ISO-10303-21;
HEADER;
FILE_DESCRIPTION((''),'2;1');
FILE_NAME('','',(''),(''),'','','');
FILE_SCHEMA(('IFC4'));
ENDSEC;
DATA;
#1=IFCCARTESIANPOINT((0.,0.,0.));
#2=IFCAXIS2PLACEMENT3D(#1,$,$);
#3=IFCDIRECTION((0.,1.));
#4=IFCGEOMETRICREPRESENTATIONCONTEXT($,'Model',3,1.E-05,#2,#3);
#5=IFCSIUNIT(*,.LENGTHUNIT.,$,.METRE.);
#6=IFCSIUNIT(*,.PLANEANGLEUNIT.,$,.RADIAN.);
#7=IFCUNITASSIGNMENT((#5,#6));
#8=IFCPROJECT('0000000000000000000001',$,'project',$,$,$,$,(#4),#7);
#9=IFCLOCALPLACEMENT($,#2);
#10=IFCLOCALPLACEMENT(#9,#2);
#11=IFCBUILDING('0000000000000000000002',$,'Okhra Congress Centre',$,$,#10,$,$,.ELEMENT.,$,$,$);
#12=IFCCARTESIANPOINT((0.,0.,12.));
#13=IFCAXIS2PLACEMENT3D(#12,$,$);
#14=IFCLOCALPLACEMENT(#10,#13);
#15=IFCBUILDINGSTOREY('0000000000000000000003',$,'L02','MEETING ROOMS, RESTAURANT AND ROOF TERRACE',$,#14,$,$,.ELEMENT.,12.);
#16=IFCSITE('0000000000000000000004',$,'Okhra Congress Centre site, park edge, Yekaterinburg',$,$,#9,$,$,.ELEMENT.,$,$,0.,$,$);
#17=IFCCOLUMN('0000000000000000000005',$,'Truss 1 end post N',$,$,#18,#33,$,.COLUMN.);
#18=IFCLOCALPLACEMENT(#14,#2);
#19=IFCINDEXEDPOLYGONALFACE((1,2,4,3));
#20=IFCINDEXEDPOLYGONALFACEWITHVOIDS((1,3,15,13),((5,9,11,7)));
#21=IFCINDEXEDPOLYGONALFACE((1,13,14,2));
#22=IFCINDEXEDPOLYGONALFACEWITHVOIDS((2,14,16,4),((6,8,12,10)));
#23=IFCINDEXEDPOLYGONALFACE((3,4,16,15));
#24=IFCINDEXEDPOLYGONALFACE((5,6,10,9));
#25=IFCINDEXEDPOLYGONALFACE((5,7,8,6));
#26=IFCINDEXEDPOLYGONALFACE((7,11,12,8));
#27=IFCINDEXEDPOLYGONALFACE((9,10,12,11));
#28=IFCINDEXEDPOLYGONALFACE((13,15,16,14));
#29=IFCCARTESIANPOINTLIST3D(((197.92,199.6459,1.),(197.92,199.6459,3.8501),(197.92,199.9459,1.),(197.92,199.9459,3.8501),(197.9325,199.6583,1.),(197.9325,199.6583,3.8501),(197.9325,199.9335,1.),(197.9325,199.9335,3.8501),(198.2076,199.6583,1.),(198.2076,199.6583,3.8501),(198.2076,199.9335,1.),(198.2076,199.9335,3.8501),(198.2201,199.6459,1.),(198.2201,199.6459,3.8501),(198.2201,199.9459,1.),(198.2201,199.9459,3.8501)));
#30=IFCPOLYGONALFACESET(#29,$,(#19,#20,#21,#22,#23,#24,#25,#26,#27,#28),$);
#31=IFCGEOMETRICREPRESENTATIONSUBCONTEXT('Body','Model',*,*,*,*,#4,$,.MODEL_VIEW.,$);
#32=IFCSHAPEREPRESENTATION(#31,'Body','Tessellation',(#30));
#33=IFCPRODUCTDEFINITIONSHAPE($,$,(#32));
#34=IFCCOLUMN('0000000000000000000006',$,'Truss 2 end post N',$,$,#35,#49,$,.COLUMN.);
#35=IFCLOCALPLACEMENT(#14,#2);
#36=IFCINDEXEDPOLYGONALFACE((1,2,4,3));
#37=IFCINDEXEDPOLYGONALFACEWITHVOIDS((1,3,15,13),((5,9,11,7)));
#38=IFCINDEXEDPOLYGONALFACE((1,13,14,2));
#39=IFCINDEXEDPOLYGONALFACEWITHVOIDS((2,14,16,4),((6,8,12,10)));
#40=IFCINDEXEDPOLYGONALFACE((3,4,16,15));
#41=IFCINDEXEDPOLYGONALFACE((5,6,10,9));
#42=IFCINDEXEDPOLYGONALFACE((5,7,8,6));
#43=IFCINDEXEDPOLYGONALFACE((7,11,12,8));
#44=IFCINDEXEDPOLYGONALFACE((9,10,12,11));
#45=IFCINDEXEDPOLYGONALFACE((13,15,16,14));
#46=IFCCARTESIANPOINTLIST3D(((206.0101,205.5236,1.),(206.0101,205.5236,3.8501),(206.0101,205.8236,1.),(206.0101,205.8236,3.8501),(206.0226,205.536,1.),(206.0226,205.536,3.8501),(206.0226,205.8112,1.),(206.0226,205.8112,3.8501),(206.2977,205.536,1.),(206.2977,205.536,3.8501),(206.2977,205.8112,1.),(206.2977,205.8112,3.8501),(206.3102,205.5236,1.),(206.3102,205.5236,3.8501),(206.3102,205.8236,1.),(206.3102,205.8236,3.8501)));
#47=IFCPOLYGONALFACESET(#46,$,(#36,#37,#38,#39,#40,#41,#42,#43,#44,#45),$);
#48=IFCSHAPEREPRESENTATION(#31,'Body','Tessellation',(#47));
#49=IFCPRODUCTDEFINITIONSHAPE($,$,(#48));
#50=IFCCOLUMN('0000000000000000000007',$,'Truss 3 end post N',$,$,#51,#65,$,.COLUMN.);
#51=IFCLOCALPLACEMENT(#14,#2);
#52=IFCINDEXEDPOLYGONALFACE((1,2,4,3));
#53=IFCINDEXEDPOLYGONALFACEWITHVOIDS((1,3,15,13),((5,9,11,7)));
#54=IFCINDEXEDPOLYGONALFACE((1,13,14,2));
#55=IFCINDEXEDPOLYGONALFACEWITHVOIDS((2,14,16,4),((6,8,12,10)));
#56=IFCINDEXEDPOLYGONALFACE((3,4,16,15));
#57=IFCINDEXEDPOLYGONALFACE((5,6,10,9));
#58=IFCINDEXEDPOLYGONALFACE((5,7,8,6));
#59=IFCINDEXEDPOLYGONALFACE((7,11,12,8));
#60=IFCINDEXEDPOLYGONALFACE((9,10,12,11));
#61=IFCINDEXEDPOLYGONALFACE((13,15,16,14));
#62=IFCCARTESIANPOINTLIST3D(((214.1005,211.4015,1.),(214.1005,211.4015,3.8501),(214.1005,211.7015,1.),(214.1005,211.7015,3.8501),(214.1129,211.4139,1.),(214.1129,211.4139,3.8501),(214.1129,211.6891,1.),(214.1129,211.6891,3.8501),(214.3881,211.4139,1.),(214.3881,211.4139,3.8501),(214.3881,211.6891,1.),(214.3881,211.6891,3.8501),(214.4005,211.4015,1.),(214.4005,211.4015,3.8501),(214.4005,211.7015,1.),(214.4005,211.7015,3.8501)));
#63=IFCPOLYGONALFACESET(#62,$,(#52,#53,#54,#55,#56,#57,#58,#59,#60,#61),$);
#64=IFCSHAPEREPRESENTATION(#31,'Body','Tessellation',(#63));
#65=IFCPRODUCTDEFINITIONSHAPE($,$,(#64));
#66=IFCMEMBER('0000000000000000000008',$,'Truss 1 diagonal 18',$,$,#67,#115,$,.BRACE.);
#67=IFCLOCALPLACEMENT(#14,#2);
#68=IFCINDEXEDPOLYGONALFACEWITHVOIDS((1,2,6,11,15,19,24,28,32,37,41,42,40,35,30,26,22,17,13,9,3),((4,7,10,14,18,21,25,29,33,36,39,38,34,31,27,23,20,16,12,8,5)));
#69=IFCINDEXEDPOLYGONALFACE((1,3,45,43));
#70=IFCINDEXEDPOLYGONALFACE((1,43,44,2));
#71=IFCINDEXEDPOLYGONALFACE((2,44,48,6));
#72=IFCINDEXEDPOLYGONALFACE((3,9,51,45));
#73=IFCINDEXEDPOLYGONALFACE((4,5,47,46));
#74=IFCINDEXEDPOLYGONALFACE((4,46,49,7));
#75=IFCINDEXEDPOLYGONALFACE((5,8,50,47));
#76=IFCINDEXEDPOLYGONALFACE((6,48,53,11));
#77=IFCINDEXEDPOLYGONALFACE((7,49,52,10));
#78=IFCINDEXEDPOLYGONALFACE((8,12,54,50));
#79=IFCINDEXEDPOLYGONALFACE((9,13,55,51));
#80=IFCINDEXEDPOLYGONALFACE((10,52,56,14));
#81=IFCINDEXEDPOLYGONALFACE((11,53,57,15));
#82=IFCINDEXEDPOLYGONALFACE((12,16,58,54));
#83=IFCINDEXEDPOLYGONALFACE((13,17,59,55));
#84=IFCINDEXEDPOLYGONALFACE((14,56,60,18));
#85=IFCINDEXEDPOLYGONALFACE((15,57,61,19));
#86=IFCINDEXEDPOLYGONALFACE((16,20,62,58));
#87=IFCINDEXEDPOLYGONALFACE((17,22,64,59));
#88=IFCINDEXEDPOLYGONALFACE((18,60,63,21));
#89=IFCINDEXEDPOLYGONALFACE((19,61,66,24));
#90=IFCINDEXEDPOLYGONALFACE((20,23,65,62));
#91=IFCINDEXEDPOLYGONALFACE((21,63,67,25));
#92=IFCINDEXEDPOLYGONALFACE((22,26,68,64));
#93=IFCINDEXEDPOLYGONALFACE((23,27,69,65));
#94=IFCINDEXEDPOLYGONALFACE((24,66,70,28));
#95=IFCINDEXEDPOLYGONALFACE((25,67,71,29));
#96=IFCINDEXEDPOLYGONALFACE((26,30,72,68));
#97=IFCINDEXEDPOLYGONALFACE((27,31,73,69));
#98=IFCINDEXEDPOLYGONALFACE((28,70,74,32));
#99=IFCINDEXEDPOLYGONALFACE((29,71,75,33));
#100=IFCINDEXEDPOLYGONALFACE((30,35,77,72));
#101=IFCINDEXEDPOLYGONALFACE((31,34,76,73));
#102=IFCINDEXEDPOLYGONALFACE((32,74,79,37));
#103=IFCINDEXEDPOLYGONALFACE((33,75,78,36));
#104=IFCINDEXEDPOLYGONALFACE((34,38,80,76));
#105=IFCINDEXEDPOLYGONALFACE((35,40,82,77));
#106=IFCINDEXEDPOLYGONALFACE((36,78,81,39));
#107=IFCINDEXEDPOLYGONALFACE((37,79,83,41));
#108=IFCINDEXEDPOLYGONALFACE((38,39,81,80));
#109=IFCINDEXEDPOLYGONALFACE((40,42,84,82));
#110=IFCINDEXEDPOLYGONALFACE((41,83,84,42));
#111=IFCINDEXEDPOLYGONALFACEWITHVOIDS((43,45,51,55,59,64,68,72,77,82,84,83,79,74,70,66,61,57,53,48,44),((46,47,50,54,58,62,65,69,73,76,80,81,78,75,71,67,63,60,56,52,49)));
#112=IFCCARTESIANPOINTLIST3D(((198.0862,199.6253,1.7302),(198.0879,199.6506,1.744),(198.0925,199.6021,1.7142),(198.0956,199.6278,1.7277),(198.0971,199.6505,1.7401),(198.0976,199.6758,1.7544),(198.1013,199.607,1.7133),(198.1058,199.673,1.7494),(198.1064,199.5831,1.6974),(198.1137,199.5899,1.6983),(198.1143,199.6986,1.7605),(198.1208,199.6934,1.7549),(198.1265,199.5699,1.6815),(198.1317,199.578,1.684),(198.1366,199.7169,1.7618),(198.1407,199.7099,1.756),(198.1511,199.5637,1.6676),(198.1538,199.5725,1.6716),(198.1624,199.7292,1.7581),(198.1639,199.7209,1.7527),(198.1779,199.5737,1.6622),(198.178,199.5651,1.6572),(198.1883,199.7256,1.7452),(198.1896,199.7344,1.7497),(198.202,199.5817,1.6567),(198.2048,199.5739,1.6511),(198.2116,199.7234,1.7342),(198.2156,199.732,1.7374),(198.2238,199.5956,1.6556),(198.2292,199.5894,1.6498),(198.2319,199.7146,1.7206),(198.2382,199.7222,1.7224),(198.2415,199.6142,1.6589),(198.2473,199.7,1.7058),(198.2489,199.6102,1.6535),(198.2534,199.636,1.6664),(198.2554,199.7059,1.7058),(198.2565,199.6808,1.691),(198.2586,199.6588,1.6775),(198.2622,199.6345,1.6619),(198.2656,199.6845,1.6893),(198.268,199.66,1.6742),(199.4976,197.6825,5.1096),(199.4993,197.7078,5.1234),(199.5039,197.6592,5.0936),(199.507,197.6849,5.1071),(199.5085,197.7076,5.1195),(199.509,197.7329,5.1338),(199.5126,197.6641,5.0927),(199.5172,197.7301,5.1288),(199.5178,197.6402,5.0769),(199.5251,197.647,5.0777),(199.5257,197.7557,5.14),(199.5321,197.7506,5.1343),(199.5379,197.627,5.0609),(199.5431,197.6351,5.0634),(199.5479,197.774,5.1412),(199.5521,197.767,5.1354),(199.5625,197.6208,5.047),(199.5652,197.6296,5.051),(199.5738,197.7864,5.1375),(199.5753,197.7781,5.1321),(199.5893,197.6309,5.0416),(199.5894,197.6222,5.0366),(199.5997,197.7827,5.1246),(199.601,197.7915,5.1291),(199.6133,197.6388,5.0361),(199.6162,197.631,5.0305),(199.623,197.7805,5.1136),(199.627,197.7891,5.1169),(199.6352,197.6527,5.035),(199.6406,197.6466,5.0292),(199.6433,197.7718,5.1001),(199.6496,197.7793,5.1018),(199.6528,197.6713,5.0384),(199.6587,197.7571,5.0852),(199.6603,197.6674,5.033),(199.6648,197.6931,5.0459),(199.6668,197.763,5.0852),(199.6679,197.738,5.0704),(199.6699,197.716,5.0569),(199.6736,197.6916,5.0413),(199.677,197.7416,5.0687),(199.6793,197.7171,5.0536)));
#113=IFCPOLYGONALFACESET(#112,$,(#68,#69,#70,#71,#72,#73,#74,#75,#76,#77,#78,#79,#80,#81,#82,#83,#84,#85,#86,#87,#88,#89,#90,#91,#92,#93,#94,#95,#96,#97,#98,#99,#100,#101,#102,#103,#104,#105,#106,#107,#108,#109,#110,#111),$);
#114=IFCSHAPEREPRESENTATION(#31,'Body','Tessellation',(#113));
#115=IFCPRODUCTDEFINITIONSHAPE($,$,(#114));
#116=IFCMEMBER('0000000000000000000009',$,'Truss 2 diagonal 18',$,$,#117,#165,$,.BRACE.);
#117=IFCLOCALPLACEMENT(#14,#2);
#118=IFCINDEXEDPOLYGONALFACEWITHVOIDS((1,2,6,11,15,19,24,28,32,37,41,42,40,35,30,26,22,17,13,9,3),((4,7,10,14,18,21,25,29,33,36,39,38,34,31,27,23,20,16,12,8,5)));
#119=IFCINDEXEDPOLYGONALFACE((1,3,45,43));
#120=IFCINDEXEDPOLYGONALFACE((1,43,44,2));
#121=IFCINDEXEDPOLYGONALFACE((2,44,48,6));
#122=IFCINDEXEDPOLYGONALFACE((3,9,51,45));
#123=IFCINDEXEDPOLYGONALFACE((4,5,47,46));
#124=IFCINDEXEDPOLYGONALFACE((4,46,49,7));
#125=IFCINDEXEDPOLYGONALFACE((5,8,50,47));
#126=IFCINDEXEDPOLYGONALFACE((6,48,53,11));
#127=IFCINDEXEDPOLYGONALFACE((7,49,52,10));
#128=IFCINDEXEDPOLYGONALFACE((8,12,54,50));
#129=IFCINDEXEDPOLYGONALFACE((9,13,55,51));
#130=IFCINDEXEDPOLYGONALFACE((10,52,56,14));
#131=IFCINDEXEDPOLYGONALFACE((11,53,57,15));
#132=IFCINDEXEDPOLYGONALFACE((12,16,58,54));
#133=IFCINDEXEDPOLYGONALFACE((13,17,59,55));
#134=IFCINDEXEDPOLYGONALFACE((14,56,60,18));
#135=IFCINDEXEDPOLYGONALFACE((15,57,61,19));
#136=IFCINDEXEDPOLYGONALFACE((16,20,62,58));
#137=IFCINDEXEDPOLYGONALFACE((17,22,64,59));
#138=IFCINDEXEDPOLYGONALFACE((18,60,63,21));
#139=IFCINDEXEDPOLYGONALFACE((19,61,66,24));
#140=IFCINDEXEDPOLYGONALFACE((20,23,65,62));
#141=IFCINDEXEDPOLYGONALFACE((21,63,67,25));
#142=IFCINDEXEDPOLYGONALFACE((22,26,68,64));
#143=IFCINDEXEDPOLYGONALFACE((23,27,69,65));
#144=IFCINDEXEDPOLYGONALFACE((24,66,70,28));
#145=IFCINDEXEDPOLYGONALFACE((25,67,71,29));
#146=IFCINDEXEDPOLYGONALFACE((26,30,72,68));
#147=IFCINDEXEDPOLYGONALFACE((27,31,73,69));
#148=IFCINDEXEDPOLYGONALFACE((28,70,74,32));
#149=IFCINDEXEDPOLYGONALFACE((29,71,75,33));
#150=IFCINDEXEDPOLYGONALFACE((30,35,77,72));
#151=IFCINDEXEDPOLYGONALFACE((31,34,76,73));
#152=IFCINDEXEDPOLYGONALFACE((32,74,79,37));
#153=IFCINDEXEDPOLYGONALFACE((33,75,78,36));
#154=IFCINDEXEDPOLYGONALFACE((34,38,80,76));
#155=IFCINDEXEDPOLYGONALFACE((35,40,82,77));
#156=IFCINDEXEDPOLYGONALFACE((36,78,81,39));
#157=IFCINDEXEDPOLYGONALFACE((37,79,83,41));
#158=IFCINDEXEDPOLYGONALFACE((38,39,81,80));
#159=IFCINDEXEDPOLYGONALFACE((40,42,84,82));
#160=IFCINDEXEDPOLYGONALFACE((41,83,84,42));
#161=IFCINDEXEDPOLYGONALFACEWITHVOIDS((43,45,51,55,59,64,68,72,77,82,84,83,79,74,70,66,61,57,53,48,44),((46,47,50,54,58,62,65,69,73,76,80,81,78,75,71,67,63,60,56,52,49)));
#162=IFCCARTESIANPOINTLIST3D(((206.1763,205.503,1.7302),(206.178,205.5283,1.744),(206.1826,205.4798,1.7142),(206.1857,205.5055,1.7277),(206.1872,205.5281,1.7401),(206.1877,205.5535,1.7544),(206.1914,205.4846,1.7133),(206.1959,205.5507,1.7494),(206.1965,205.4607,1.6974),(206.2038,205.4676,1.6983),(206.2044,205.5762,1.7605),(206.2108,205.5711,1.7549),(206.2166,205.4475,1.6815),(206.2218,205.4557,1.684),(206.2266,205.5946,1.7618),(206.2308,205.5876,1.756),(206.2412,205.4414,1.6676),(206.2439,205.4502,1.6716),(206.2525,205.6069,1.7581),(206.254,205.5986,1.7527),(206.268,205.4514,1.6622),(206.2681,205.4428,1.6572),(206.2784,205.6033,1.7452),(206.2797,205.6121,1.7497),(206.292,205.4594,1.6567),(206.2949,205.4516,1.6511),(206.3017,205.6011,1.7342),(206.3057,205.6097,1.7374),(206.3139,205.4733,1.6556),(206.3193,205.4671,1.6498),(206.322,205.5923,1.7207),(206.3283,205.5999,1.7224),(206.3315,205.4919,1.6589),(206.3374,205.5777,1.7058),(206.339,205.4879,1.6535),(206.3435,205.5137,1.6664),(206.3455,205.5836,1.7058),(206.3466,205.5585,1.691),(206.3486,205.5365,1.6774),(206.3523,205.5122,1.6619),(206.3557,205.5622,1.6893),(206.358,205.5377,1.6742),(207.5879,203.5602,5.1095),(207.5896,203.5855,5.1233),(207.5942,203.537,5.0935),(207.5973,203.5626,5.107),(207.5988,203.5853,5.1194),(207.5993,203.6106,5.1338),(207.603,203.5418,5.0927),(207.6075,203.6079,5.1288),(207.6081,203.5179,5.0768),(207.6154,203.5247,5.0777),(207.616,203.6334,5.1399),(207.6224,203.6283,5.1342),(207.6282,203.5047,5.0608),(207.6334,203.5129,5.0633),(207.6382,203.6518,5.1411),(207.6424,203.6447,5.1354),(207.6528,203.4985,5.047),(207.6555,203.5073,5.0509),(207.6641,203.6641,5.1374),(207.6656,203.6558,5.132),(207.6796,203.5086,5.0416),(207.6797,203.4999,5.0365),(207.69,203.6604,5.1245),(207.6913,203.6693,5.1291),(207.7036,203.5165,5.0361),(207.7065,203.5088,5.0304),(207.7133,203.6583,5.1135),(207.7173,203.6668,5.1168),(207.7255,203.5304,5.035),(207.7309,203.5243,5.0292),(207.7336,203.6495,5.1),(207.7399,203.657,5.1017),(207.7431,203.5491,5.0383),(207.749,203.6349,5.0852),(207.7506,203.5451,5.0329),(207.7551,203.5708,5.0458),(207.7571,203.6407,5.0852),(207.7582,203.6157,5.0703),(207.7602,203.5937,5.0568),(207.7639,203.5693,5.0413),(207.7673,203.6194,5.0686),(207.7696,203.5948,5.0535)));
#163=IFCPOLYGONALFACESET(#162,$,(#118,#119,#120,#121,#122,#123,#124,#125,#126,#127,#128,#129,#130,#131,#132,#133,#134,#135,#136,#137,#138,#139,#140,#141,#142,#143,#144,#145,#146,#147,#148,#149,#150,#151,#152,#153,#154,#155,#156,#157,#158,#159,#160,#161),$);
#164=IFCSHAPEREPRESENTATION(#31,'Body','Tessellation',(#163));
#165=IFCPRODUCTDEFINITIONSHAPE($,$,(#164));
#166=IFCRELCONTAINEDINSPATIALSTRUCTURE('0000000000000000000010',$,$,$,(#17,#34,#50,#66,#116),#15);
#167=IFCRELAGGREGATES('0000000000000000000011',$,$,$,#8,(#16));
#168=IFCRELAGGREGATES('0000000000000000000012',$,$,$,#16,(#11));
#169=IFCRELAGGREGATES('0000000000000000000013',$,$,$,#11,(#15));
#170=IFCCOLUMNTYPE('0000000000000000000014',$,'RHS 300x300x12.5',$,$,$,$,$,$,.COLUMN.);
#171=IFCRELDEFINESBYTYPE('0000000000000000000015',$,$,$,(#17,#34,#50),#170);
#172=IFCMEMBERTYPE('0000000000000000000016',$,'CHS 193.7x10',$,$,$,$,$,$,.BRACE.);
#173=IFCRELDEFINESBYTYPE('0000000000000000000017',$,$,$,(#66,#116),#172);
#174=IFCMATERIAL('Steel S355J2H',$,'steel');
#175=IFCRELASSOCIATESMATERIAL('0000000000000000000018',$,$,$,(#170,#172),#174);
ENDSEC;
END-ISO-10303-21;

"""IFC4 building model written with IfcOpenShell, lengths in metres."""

from ifc_helpers import new_model, si_unit, direction, frame, origin, origin_2d, place, context, subcontext, project, spatial, hollow_rectangle, hollow_circle, extrude, material, material_profile, profile_set, type_object, element, save


model = new_model("IFC4")

# Units and contexts
model_context = context("Model", 3, precision=1e-05, world=origin(), true_north=direction((0.0, 1.0)))
body_context = subcontext(model_context, "Body", "Model", "MODEL_VIEW")
ifc_project = project(units=[si_unit("LENGTHUNIT", "METRE"), si_unit("PLANEANGLEUNIT", "RADIAN")], contexts=[model_context])

# Site, building, storey
site_placement = place(None, origin())
site = spatial("IfcSite", under=ifc_project, at=site_placement, Name="Okhra Congress Centre site, park edge, Yekaterinburg", CompositionType="ELEMENT", RefElevation=0.0)
building_placement = place(site_placement, origin())
building = spatial("IfcBuilding", under=site, at=building_placement, Name="Okhra Congress Centre", CompositionType="ELEMENT")
storey_placement = place(building_placement, frame((0.0, 0.0, 12.0)))
storey = spatial("IfcBuildingStorey", under=building, at=storey_placement, Name="L02", Description="MEETING ROOMS, RESTAURANT AND ROOF TERRACE", CompositionType="ELEMENT", Elevation=12.0)

# Columns
ifc_material_1 = material(Name="Steel S355J2H", Category="steel")
ifc_material_profile_1 = material_profile(ifc_material_1, hollow_rectangle(XDim=0.3, YDim=0.3, WallThickness=0.0125, at=origin_2d()), Name="RHS 300x300x12.5")
ifc_profile_set_1 = profile_set([ifc_material_profile_1], Name="Steel S355J2H")
column_type = type_object("IfcColumnType", Name="RHS 300x300x12.5", PredefinedType="COLUMN", material=ifc_profile_set_1)
for number, where, z_axis, x_axis, name in (
    (1, (198.0701, 199.7959, 1.0), (0.0, 0.0, 1.0), (1.0, 0.0, 0.0), "Truss 1 end post N"),
    (2, (206.1602, 205.6736, 1.0), (0.0, 0.0, 1.0), (1.0, 0.0, 0.0), "Truss 2 end post N"),
    (3, (214.2505, 211.5515, 1.0), (0.0, 0.0, 1.0), (1.0, 0.0, 0.0), "Truss 3 end post N"),
):
    element("IfcColumn", number, at=place(storey_placement, frame(where, z_axis=z_axis, x_axis=x_axis)), inside=storey, type_object=column_type, Name=name, PredefinedType="COLUMN", context=body_context, shape_type="SweptSolid", body=[
        extrude(hollow_rectangle(XDim=0.3, YDim=0.3, WallThickness=0.0125, at=origin_2d()), origin(), (0.0, 0.0, 1.0), 2.8501),
    ])

# Members
ifc_material_profile_2 = material_profile(ifc_material_1, hollow_circle(Radius=0.0969, WallThickness=0.01, at=origin_2d()), Name="CHS 193.7x10")
ifc_profile_set_2 = profile_set([ifc_material_profile_2], Name="Steel S355J2H")
member_type_1 = type_object("IfcMemberType", Name="CHS 193.7x10", PredefinedType="BRACE", material=ifc_profile_set_2)
for number, where, z_axis, x_axis, name in (
    (4, (198.177, 199.6489, 1.7058), (0.340441, -0.468644, 0.815152), (0.809057, 0.58773, 0.0), "Truss 1 diagonal 18"),
    (5, (206.2671, 205.5266, 1.7058), (0.340494, -0.468635, 0.815135), (0.809009, 0.587797, 0.0), "Truss 2 diagonal 18"),
):
    element("IfcMember", number, at=place(storey_placement, frame(where, z_axis=z_axis, x_axis=x_axis)), inside=storey, type_object=member_type_1, Name=name, PredefinedType="BRACE", context=body_context, shape_type="SweptSolid", body=[
        extrude(hollow_circle(Radius=0.0969, WallThickness=0.01, at=origin_2d()), origin(), (0.0, 0.0, 1.0), 4.1458),
    ])

save(model, "model.ifc")
